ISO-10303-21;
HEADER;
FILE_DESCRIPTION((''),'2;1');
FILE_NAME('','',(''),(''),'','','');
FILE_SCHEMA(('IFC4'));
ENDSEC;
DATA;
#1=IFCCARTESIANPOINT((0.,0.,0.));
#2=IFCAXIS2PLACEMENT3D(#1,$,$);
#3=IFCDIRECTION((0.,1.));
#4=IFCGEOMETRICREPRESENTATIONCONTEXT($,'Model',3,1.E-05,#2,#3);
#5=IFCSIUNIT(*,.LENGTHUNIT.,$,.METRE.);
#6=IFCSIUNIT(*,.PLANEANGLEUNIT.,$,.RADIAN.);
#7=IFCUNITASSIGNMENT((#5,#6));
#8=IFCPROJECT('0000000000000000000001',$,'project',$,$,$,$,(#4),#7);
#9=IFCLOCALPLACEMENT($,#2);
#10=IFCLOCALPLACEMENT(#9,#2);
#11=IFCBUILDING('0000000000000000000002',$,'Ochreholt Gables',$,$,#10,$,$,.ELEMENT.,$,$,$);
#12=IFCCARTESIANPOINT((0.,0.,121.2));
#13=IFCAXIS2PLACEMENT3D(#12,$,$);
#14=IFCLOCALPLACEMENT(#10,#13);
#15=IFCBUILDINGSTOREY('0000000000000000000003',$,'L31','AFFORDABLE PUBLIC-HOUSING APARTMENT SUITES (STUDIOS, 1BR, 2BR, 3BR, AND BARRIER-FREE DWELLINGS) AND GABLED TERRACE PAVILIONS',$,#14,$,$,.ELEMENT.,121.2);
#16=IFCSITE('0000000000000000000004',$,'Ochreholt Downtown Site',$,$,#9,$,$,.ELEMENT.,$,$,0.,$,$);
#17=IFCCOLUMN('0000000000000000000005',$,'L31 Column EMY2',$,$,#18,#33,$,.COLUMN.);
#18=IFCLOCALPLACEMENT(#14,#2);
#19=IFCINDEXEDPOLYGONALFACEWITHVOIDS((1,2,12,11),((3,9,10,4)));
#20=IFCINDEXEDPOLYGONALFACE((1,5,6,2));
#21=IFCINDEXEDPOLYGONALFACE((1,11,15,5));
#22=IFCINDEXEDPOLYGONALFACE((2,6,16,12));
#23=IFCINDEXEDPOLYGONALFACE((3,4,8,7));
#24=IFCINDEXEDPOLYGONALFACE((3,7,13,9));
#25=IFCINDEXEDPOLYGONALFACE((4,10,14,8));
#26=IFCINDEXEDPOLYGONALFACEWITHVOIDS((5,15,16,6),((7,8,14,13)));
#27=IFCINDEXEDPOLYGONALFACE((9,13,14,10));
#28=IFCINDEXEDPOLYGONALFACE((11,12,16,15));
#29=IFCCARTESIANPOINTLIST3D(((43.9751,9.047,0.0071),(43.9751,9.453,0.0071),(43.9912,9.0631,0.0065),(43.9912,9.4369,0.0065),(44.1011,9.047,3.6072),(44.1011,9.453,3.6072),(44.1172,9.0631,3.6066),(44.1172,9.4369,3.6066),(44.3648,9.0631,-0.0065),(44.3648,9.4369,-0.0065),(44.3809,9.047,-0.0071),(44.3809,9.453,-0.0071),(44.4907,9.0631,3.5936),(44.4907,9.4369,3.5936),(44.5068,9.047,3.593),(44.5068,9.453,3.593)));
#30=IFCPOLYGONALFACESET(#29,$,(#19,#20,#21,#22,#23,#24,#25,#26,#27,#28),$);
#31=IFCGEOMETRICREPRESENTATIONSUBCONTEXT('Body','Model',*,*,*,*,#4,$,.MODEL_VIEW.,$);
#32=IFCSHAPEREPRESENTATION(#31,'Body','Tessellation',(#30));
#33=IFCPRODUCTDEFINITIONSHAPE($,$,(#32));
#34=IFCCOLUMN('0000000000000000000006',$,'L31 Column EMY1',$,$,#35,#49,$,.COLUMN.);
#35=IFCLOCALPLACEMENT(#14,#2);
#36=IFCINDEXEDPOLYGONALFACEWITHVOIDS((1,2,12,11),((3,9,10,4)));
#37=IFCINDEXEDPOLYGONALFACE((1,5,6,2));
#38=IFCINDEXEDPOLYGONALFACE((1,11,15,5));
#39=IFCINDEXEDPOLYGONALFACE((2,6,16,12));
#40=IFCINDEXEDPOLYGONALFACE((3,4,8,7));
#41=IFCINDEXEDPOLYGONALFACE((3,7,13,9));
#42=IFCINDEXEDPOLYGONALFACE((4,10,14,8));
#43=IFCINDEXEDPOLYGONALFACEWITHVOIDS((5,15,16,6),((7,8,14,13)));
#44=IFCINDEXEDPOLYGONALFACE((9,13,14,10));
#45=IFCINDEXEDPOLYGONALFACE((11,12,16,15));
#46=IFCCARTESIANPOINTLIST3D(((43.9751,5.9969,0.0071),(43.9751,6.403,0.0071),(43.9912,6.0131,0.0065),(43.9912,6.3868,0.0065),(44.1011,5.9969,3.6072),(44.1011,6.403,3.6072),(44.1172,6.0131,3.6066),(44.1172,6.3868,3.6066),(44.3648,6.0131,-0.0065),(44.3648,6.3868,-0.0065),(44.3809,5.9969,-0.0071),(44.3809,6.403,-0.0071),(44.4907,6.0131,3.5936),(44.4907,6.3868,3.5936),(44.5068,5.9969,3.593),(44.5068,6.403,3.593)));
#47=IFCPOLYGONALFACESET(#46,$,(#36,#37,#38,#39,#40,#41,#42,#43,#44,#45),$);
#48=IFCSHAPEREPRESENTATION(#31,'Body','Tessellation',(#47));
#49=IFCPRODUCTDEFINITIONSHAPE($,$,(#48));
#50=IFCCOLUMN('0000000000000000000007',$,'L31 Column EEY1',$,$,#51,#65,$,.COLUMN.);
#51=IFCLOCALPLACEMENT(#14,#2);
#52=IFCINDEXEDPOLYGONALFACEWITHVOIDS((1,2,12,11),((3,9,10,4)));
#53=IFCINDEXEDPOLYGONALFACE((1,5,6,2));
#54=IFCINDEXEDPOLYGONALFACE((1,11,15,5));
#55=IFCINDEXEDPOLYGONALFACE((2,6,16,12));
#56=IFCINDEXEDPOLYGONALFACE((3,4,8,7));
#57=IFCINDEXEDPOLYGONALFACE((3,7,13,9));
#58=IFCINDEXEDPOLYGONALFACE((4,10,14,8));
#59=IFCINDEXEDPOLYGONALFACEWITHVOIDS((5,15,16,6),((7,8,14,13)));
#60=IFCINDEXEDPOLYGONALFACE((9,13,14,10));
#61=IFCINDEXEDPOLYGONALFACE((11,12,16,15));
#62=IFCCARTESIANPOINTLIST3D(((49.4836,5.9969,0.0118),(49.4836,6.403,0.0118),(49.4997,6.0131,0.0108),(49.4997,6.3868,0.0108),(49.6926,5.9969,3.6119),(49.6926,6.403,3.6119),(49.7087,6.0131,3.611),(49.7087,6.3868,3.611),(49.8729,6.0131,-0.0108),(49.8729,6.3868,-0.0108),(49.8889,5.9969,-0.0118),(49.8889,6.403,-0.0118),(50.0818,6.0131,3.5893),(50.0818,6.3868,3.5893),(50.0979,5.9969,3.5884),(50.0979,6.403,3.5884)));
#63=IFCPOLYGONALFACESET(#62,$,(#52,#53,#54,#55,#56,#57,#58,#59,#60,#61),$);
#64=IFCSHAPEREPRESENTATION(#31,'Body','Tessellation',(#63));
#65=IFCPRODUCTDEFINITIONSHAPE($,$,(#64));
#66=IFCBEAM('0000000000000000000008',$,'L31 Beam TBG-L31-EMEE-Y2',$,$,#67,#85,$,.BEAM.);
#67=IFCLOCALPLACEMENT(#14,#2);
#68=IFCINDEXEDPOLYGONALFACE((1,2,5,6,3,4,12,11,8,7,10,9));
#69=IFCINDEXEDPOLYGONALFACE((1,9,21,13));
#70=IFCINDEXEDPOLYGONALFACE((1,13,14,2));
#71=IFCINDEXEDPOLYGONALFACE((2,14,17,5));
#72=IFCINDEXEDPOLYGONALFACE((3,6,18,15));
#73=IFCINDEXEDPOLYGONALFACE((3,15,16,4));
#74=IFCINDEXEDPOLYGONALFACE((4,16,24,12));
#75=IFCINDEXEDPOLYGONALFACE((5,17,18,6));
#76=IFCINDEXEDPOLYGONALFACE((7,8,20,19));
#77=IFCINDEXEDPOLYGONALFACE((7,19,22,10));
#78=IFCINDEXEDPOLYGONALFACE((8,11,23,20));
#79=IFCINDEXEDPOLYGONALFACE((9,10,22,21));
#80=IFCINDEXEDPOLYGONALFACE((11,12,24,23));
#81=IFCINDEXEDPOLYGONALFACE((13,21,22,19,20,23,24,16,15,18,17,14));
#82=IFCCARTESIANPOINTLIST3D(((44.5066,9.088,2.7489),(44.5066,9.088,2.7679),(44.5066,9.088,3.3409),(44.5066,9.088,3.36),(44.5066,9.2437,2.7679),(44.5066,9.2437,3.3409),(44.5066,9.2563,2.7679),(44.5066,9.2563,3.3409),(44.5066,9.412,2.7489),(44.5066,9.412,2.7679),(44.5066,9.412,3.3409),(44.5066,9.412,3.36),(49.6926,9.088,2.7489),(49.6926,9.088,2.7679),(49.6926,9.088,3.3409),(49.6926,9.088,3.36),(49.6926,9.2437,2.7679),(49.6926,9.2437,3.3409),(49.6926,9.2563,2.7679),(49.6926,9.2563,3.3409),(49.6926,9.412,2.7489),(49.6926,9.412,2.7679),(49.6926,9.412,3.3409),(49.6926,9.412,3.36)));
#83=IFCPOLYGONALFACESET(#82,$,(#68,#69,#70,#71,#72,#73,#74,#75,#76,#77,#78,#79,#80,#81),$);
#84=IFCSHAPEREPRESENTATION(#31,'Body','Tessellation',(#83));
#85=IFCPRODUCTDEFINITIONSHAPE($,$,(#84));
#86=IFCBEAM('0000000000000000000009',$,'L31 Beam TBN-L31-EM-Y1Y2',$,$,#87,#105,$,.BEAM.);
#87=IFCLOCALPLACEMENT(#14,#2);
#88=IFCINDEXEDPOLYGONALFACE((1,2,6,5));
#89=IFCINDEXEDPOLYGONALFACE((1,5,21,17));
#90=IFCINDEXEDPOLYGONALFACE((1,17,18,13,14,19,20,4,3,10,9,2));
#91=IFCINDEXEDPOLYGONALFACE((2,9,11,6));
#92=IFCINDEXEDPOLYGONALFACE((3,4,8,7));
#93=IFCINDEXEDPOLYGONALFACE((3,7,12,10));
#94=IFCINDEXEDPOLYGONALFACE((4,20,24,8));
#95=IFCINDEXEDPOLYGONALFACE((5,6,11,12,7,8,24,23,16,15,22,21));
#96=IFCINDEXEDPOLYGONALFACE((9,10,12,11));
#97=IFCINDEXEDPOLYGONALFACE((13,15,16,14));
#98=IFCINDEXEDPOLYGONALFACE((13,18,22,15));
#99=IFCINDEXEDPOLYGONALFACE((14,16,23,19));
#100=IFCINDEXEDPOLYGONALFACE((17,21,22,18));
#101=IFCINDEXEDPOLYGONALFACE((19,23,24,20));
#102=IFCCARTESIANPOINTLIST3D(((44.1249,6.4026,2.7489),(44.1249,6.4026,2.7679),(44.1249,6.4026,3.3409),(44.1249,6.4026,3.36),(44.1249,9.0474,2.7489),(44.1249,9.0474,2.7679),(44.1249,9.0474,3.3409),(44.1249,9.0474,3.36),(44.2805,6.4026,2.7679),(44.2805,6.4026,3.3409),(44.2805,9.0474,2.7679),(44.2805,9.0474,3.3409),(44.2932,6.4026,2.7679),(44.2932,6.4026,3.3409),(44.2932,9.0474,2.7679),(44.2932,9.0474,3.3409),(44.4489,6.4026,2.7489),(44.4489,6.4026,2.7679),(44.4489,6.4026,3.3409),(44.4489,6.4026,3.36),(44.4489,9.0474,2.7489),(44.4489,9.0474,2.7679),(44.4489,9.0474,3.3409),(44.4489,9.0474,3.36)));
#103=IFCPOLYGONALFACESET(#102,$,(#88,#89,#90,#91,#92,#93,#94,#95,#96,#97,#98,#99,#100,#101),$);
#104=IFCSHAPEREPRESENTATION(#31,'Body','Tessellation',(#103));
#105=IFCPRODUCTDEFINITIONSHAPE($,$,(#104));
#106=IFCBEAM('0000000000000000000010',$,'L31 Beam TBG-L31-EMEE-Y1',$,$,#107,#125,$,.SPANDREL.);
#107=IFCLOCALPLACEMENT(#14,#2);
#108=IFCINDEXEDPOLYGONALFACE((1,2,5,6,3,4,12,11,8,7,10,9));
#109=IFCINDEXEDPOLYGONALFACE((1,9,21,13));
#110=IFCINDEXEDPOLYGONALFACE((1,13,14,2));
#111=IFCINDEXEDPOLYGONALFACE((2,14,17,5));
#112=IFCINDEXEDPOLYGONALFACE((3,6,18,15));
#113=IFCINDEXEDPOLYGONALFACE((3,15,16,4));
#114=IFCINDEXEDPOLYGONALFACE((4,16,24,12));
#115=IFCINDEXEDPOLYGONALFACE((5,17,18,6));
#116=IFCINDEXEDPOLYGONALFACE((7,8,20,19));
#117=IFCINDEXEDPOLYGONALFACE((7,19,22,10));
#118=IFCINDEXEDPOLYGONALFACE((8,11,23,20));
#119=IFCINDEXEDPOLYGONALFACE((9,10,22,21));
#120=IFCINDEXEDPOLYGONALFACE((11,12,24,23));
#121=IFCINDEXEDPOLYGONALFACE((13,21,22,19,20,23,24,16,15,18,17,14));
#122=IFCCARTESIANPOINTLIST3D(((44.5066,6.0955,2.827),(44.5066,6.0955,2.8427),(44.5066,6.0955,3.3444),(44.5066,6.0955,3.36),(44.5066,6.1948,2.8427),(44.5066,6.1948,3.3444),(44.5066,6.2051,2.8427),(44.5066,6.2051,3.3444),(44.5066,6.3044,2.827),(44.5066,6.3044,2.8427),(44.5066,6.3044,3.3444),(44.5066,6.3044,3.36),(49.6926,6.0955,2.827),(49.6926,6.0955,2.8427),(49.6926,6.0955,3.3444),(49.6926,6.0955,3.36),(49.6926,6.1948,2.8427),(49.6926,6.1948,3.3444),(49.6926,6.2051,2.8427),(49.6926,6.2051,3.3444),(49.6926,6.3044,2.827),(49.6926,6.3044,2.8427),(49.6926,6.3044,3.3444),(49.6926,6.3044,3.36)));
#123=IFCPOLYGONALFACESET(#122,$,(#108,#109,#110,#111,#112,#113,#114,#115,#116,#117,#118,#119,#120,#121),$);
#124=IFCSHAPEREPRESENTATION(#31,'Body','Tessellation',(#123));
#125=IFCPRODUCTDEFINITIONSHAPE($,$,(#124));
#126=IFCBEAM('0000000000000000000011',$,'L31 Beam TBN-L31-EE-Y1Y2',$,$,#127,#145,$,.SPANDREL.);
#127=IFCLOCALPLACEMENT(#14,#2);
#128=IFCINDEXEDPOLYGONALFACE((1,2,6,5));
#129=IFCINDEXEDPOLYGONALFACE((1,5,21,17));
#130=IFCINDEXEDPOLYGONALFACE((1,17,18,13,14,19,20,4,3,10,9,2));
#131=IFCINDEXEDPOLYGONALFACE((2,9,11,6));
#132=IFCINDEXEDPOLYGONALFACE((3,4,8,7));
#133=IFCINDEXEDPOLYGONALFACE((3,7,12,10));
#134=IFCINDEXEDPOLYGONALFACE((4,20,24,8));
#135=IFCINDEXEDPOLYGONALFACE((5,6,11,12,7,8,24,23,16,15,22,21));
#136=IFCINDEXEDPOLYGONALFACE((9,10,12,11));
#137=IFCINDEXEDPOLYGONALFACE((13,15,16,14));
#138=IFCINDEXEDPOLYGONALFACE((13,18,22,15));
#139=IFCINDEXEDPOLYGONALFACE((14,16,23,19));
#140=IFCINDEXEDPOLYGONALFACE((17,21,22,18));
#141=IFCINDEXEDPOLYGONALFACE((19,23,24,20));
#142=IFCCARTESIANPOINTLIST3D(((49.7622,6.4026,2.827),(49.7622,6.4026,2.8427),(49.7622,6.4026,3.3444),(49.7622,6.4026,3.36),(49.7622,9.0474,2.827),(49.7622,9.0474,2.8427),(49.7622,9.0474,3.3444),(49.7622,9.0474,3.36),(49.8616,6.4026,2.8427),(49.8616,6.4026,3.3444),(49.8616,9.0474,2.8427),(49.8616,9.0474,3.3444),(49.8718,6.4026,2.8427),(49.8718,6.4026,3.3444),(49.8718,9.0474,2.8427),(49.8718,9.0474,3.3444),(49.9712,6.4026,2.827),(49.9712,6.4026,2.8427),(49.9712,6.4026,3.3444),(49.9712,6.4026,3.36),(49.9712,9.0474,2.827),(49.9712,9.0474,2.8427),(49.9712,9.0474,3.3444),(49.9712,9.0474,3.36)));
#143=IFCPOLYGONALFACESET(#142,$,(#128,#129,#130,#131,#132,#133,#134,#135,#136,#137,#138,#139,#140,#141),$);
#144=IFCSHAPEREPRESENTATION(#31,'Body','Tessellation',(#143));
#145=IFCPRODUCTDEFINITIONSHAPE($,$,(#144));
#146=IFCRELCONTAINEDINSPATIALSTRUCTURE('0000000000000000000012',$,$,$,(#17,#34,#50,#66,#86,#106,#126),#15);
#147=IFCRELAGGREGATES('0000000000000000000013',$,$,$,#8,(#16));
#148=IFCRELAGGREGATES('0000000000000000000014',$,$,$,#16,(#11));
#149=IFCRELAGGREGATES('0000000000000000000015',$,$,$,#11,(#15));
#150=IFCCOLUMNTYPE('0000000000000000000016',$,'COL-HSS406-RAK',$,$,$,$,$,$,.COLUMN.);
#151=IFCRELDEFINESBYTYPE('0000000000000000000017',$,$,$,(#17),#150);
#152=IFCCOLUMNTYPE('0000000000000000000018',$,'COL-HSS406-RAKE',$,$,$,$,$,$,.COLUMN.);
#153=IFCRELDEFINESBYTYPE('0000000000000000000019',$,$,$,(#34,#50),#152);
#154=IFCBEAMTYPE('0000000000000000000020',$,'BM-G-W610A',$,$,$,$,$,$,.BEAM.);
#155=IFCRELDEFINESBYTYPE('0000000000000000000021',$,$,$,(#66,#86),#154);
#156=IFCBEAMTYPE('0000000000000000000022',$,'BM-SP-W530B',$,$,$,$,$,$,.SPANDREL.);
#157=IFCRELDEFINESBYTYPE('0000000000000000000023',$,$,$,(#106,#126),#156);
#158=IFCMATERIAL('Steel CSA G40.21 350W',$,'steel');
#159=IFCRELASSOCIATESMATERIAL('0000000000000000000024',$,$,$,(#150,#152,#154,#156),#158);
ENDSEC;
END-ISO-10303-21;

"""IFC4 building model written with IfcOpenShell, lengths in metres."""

from ifc_helpers import new_model, si_unit, direction, frame, origin, origin_2d, place, context, subcontext, project, spatial, hollow_rectangle, i_section, extrude, material, material_profile, profile_set, type_object, element, save


model = new_model("IFC4")

# Units and contexts
model_context = context("Model", 3, precision=1e-05, world=origin(), true_north=direction((0.0, 1.0)))
body_context = subcontext(model_context, "Body", "Model", "MODEL_VIEW")
ifc_project = project(units=[si_unit("LENGTHUNIT", "METRE"), si_unit("PLANEANGLEUNIT", "RADIAN")], contexts=[model_context])

# Site, building, storey
site_placement = place(None, origin())
site = spatial("IfcSite", under=ifc_project, at=site_placement, Name="Ochreholt Downtown Site", CompositionType="ELEMENT", RefElevation=0.0)
building_placement = place(site_placement, origin())
building = spatial("IfcBuilding", under=site, at=building_placement, Name="Ochreholt Gables", CompositionType="ELEMENT")
storey_placement = place(building_placement, frame((0.0, 0.0, 121.2)))
storey = spatial("IfcBuildingStorey", under=building, at=storey_placement, Name="L31", Description="AFFORDABLE PUBLIC-HOUSING APARTMENT SUITES (STUDIOS, 1BR, 2BR, 3BR, AND BARRIER-FREE DWELLINGS) AND GABLED TERRACE PAVILIONS", CompositionType="ELEMENT", Elevation=121.2)

# Columns
ifc_material_1 = material(Name="Steel CSA G40.21 350W", Category="steel")
ifc_material_profile_1 = material_profile(ifc_material_1, hollow_rectangle(XDim=0.406, YDim=0.406, WallThickness=0.0161, at=origin_2d()), Name="HSS406X406X16")
ifc_profile_set_1 = profile_set([ifc_material_profile_1], Name="Steel CSA G40.21 350W")
column_type_1 = type_object("IfcColumnType", Name="COL-HSS406-RAK", PredefinedType="COLUMN", material=ifc_profile_set_1)
column_1_placement = place(storey_placement, frame((44.178, 9.25, 0.0), z_axis=(0.034971, 0.0, 0.999388), x_axis=(0.0, 1.0, 0.0)))
element("IfcColumn", 1, at=column_1_placement, inside=storey, type_object=column_type_1, Name="L31 Column EMY2", PredefinedType="COLUMN", context=body_context, shape_type="SweptSolid", body=[
    extrude(hollow_rectangle(XDim=0.406, YDim=0.406, WallThickness=0.0161, at=origin_2d()), origin(), (0.0, 0.0, 1.0), 3.6023),
])
ifc_material_profile_2 = material_profile(ifc_material_1, hollow_rectangle(XDim=0.406, YDim=0.406, WallThickness=0.0161, at=origin_2d()), Name="HSS406X406X16")
ifc_profile_set_2 = profile_set([ifc_material_profile_2], Name="Steel CSA G40.21 350W")
column_type_2 = type_object("IfcColumnType", Name="COL-HSS406-RAKE", PredefinedType="COLUMN", material=ifc_profile_set_2)
column_2_placement = place(storey_placement, frame((44.178, 6.2, 0.0), z_axis=(0.034971, 0.0, 0.999388), x_axis=(0.0, 1.0, 0.0)))
element("IfcColumn", 2, at=column_2_placement, inside=storey, type_object=column_type_2, Name="L31 Column EMY1", PredefinedType="COLUMN", context=body_context, shape_type="SweptSolid", body=[
    extrude(hollow_rectangle(XDim=0.406, YDim=0.406, WallThickness=0.0161, at=origin_2d()), origin(), (0.0, 0.0, 1.0), 3.6023),
])
column_3_placement = place(storey_placement, frame((49.6863, 6.2, 0.0), z_axis=(0.057952, 0.0, 0.998319), x_axis=(0.0, 1.0, 0.0)))
element("IfcColumn", 3, at=column_3_placement, inside=storey, type_object=column_type_2, Name="L31 Column EEY1", PredefinedType="COLUMN", context=body_context, shape_type="SweptSolid", body=[
    extrude(hollow_rectangle(XDim=0.406, YDim=0.406, WallThickness=0.0161, at=origin_2d()), origin(), (0.0, 0.0, 1.0), 3.6062),
])

# Beams
ifc_material_profile_3 = material_profile(ifc_material_1, i_section(OverallWidth=0.324, OverallDepth=0.6111, WebThickness=0.0127, FlangeThickness=0.019, at=origin_2d()), Name="W610X155")
ifc_profile_set_3 = profile_set([ifc_material_profile_3], Name="Steel CSA G40.21 350W")
beam_type_1 = type_object("IfcBeamType", Name="BM-G-W610A", PredefinedType="BEAM", material=ifc_profile_set_3)
beam_1_placement = place(storey_placement, frame((44.5066, 9.25, 3.0544), z_axis=(1.0, 0.0, 0.0), x_axis=(0.0, 1.0, 0.0)))
element("IfcBeam", 4, at=beam_1_placement, inside=storey, type_object=beam_type_1, Name="L31 Beam TBG-L31-EMEE-Y2", PredefinedType="BEAM", context=body_context, shape_type="SweptSolid", body=[
    extrude(i_section(OverallWidth=0.324, OverallDepth=0.6111, WebThickness=0.0127, FlangeThickness=0.019, at=origin_2d()), origin(), (0.0, 0.0, 1.0), 5.186),
])
beam_2_placement = place(storey_placement, frame((44.2869, 6.4026, 3.0544), z_axis=(0.0, 1.0, 0.0), x_axis=(-1.0, 0.0, 0.0)))
element("IfcBeam", 5, at=beam_2_placement, inside=storey, type_object=beam_type_1, Name="L31 Beam TBN-L31-EM-Y1Y2", PredefinedType="BEAM", context=body_context, shape_type="SweptSolid", body=[
    extrude(i_section(OverallWidth=0.324, OverallDepth=0.6111, WebThickness=0.0127, FlangeThickness=0.019, at=origin_2d()), origin(), (0.0, 0.0, 1.0), 2.6448),
])
ifc_material_profile_4 = material_profile(ifc_material_1, i_section(OverallWidth=0.209, OverallDepth=0.533, WebThickness=0.0103, FlangeThickness=0.0156, at=origin_2d()), Name="W530X92")
ifc_profile_set_4 = profile_set([ifc_material_profile_4], Name="Steel CSA G40.21 350W")
beam_type_2 = type_object("IfcBeamType", Name="BM-SP-W530B", PredefinedType="SPANDREL", material=ifc_profile_set_4)
beam_3_placement = place(storey_placement, frame((44.5066, 6.2, 3.0935), z_axis=(1.0, 0.0, 0.0), x_axis=(0.0, 1.0, 0.0)))
element("IfcBeam", 6, at=beam_3_placement, inside=storey, type_object=beam_type_2, Name="L31 Beam TBG-L31-EMEE-Y1", PredefinedType="SPANDREL", context=body_context, shape_type="SweptSolid", body=[
    extrude(i_section(OverallWidth=0.209, OverallDepth=0.533, WebThickness=0.0103, FlangeThickness=0.0156, at=origin_2d()), origin(), (0.0, 0.0, 1.0), 5.186),
])
beam_4_placement = place(storey_placement, frame((49.8667, 6.4026, 3.0935), z_axis=(0.0, 1.0, 0.0), x_axis=(-1.0, 0.0, 0.0)))
element("IfcBeam", 7, at=beam_4_placement, inside=storey, type_object=beam_type_2, Name="L31 Beam TBN-L31-EE-Y1Y2", PredefinedType="SPANDREL", context=body_context, shape_type="SweptSolid", body=[
    extrude(i_section(OverallWidth=0.209, OverallDepth=0.533, WebThickness=0.0103, FlangeThickness=0.0156, at=origin_2d()), origin(), (0.0, 0.0, 1.0), 2.6448),
])

save(model, "model.ifc")
